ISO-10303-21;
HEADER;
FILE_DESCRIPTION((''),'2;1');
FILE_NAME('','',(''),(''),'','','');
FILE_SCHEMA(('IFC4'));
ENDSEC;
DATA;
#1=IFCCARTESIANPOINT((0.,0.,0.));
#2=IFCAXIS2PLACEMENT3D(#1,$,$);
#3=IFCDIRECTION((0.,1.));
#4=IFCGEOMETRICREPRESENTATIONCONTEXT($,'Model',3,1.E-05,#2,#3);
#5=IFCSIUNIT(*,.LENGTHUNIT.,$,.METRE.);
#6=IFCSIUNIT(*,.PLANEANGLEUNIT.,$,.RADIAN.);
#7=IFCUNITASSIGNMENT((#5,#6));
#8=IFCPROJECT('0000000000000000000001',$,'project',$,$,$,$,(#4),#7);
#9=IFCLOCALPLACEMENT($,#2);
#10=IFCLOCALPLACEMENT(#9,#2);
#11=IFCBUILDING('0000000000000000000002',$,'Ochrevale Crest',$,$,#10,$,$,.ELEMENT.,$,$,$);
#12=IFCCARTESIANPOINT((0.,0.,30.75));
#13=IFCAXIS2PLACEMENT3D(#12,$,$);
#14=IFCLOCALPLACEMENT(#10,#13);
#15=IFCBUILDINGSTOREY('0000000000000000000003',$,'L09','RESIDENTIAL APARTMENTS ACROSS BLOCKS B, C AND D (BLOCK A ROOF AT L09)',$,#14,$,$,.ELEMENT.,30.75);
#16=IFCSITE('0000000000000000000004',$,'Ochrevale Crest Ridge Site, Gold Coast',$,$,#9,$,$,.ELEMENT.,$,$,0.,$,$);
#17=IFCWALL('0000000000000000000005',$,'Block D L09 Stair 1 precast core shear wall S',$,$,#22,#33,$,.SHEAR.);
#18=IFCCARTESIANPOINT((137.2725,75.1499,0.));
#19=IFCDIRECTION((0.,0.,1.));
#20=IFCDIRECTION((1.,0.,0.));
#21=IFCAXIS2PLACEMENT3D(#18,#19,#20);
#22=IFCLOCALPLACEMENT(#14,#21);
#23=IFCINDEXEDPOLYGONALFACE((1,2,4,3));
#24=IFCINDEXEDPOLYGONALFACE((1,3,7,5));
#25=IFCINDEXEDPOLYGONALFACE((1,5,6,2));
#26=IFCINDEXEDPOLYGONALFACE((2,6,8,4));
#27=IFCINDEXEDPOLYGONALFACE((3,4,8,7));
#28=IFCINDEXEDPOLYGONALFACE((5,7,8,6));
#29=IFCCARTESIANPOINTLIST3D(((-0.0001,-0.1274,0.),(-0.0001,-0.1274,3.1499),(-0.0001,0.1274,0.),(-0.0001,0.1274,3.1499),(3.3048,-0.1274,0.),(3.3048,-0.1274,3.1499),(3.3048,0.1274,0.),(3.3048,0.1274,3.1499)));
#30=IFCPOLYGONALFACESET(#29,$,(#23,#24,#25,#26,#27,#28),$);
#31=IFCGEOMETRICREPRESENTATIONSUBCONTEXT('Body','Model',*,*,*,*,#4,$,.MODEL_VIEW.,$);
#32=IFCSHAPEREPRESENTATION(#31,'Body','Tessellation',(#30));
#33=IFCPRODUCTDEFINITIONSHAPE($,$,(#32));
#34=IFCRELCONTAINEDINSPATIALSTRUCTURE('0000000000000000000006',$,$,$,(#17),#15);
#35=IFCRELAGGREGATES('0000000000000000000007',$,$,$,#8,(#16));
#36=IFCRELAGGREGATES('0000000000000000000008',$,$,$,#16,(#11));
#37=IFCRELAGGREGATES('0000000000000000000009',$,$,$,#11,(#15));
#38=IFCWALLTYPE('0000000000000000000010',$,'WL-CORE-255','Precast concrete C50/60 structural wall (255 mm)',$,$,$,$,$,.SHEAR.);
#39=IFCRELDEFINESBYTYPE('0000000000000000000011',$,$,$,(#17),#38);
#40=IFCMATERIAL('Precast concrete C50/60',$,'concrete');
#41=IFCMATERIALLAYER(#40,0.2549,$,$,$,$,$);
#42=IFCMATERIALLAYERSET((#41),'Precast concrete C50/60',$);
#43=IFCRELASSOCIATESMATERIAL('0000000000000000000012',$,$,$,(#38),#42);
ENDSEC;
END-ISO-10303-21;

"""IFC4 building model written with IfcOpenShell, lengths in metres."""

from ifc_helpers import new_model, si_unit, direction, frame, frame_2d, origin, place, context, subcontext, project, spatial, rectangle, extrude, material, layer, layer_set, type_object, element, save


model = new_model("IFC4")

# Units and contexts
model_context = context("Model", 3, precision=1e-05, world=origin(), true_north=direction((0.0, 1.0)))
body_context = subcontext(model_context, "Body", "Model", "MODEL_VIEW")
ifc_project = project(units=[si_unit("LENGTHUNIT", "METRE"), si_unit("PLANEANGLEUNIT", "RADIAN")], contexts=[model_context])

# Site, building, storey
site_placement = place(None, origin())
site = spatial("IfcSite", under=ifc_project, at=site_placement, Name="Ochrevale Crest Ridge Site, Gold Coast", CompositionType="ELEMENT", RefElevation=0.0)
building_placement = place(site_placement, origin())
building = spatial("IfcBuilding", under=site, at=building_placement, Name="Ochrevale Crest", CompositionType="ELEMENT")
storey_placement = place(building_placement, frame((0.0, 0.0, 30.75)))
storey = spatial("IfcBuildingStorey", under=building, at=storey_placement, Name="L09", Description="RESIDENTIAL APARTMENTS ACROSS BLOCKS B, C AND D (BLOCK A ROOF AT L09)", CompositionType="ELEMENT", Elevation=30.75)

# Shared definitions
ifc_material_1 = material(Name="Precast concrete C50/60", Category="concrete")

# Wall
ifc_layer_1 = layer(ifc_material_1, 0.2549)
ifc_layer_set_1 = layer_set([ifc_layer_1], Name="Precast concrete C50/60")
wall_type_1 = type_object("IfcWallType", Name="WL-CORE-255", Description="Precast concrete C50/60 structural wall (255 mm)", PredefinedType="SHEAR", material=ifc_layer_set_1)
wall_1_placement = place(storey_placement, frame((137.2725, 75.1499, 0.0), z_axis=(0.0, 0.0, 1.0), x_axis=(1.0, 0.0, 0.0)))
element("IfcWall", 1, at=wall_1_placement, inside=storey, type_object=wall_type_1, Name="Block D L09 Stair 1 precast core shear wall S", PredefinedType="SHEAR", context=body_context, shape_type="SweptSolid", body=[
    extrude(rectangle(XDim=3.3049, YDim=0.2549, at=frame_2d((1.6523, 0.0))), origin(), (0.0, 0.0, 1.0), 3.1499),
])

save(model, "model.ifc")
